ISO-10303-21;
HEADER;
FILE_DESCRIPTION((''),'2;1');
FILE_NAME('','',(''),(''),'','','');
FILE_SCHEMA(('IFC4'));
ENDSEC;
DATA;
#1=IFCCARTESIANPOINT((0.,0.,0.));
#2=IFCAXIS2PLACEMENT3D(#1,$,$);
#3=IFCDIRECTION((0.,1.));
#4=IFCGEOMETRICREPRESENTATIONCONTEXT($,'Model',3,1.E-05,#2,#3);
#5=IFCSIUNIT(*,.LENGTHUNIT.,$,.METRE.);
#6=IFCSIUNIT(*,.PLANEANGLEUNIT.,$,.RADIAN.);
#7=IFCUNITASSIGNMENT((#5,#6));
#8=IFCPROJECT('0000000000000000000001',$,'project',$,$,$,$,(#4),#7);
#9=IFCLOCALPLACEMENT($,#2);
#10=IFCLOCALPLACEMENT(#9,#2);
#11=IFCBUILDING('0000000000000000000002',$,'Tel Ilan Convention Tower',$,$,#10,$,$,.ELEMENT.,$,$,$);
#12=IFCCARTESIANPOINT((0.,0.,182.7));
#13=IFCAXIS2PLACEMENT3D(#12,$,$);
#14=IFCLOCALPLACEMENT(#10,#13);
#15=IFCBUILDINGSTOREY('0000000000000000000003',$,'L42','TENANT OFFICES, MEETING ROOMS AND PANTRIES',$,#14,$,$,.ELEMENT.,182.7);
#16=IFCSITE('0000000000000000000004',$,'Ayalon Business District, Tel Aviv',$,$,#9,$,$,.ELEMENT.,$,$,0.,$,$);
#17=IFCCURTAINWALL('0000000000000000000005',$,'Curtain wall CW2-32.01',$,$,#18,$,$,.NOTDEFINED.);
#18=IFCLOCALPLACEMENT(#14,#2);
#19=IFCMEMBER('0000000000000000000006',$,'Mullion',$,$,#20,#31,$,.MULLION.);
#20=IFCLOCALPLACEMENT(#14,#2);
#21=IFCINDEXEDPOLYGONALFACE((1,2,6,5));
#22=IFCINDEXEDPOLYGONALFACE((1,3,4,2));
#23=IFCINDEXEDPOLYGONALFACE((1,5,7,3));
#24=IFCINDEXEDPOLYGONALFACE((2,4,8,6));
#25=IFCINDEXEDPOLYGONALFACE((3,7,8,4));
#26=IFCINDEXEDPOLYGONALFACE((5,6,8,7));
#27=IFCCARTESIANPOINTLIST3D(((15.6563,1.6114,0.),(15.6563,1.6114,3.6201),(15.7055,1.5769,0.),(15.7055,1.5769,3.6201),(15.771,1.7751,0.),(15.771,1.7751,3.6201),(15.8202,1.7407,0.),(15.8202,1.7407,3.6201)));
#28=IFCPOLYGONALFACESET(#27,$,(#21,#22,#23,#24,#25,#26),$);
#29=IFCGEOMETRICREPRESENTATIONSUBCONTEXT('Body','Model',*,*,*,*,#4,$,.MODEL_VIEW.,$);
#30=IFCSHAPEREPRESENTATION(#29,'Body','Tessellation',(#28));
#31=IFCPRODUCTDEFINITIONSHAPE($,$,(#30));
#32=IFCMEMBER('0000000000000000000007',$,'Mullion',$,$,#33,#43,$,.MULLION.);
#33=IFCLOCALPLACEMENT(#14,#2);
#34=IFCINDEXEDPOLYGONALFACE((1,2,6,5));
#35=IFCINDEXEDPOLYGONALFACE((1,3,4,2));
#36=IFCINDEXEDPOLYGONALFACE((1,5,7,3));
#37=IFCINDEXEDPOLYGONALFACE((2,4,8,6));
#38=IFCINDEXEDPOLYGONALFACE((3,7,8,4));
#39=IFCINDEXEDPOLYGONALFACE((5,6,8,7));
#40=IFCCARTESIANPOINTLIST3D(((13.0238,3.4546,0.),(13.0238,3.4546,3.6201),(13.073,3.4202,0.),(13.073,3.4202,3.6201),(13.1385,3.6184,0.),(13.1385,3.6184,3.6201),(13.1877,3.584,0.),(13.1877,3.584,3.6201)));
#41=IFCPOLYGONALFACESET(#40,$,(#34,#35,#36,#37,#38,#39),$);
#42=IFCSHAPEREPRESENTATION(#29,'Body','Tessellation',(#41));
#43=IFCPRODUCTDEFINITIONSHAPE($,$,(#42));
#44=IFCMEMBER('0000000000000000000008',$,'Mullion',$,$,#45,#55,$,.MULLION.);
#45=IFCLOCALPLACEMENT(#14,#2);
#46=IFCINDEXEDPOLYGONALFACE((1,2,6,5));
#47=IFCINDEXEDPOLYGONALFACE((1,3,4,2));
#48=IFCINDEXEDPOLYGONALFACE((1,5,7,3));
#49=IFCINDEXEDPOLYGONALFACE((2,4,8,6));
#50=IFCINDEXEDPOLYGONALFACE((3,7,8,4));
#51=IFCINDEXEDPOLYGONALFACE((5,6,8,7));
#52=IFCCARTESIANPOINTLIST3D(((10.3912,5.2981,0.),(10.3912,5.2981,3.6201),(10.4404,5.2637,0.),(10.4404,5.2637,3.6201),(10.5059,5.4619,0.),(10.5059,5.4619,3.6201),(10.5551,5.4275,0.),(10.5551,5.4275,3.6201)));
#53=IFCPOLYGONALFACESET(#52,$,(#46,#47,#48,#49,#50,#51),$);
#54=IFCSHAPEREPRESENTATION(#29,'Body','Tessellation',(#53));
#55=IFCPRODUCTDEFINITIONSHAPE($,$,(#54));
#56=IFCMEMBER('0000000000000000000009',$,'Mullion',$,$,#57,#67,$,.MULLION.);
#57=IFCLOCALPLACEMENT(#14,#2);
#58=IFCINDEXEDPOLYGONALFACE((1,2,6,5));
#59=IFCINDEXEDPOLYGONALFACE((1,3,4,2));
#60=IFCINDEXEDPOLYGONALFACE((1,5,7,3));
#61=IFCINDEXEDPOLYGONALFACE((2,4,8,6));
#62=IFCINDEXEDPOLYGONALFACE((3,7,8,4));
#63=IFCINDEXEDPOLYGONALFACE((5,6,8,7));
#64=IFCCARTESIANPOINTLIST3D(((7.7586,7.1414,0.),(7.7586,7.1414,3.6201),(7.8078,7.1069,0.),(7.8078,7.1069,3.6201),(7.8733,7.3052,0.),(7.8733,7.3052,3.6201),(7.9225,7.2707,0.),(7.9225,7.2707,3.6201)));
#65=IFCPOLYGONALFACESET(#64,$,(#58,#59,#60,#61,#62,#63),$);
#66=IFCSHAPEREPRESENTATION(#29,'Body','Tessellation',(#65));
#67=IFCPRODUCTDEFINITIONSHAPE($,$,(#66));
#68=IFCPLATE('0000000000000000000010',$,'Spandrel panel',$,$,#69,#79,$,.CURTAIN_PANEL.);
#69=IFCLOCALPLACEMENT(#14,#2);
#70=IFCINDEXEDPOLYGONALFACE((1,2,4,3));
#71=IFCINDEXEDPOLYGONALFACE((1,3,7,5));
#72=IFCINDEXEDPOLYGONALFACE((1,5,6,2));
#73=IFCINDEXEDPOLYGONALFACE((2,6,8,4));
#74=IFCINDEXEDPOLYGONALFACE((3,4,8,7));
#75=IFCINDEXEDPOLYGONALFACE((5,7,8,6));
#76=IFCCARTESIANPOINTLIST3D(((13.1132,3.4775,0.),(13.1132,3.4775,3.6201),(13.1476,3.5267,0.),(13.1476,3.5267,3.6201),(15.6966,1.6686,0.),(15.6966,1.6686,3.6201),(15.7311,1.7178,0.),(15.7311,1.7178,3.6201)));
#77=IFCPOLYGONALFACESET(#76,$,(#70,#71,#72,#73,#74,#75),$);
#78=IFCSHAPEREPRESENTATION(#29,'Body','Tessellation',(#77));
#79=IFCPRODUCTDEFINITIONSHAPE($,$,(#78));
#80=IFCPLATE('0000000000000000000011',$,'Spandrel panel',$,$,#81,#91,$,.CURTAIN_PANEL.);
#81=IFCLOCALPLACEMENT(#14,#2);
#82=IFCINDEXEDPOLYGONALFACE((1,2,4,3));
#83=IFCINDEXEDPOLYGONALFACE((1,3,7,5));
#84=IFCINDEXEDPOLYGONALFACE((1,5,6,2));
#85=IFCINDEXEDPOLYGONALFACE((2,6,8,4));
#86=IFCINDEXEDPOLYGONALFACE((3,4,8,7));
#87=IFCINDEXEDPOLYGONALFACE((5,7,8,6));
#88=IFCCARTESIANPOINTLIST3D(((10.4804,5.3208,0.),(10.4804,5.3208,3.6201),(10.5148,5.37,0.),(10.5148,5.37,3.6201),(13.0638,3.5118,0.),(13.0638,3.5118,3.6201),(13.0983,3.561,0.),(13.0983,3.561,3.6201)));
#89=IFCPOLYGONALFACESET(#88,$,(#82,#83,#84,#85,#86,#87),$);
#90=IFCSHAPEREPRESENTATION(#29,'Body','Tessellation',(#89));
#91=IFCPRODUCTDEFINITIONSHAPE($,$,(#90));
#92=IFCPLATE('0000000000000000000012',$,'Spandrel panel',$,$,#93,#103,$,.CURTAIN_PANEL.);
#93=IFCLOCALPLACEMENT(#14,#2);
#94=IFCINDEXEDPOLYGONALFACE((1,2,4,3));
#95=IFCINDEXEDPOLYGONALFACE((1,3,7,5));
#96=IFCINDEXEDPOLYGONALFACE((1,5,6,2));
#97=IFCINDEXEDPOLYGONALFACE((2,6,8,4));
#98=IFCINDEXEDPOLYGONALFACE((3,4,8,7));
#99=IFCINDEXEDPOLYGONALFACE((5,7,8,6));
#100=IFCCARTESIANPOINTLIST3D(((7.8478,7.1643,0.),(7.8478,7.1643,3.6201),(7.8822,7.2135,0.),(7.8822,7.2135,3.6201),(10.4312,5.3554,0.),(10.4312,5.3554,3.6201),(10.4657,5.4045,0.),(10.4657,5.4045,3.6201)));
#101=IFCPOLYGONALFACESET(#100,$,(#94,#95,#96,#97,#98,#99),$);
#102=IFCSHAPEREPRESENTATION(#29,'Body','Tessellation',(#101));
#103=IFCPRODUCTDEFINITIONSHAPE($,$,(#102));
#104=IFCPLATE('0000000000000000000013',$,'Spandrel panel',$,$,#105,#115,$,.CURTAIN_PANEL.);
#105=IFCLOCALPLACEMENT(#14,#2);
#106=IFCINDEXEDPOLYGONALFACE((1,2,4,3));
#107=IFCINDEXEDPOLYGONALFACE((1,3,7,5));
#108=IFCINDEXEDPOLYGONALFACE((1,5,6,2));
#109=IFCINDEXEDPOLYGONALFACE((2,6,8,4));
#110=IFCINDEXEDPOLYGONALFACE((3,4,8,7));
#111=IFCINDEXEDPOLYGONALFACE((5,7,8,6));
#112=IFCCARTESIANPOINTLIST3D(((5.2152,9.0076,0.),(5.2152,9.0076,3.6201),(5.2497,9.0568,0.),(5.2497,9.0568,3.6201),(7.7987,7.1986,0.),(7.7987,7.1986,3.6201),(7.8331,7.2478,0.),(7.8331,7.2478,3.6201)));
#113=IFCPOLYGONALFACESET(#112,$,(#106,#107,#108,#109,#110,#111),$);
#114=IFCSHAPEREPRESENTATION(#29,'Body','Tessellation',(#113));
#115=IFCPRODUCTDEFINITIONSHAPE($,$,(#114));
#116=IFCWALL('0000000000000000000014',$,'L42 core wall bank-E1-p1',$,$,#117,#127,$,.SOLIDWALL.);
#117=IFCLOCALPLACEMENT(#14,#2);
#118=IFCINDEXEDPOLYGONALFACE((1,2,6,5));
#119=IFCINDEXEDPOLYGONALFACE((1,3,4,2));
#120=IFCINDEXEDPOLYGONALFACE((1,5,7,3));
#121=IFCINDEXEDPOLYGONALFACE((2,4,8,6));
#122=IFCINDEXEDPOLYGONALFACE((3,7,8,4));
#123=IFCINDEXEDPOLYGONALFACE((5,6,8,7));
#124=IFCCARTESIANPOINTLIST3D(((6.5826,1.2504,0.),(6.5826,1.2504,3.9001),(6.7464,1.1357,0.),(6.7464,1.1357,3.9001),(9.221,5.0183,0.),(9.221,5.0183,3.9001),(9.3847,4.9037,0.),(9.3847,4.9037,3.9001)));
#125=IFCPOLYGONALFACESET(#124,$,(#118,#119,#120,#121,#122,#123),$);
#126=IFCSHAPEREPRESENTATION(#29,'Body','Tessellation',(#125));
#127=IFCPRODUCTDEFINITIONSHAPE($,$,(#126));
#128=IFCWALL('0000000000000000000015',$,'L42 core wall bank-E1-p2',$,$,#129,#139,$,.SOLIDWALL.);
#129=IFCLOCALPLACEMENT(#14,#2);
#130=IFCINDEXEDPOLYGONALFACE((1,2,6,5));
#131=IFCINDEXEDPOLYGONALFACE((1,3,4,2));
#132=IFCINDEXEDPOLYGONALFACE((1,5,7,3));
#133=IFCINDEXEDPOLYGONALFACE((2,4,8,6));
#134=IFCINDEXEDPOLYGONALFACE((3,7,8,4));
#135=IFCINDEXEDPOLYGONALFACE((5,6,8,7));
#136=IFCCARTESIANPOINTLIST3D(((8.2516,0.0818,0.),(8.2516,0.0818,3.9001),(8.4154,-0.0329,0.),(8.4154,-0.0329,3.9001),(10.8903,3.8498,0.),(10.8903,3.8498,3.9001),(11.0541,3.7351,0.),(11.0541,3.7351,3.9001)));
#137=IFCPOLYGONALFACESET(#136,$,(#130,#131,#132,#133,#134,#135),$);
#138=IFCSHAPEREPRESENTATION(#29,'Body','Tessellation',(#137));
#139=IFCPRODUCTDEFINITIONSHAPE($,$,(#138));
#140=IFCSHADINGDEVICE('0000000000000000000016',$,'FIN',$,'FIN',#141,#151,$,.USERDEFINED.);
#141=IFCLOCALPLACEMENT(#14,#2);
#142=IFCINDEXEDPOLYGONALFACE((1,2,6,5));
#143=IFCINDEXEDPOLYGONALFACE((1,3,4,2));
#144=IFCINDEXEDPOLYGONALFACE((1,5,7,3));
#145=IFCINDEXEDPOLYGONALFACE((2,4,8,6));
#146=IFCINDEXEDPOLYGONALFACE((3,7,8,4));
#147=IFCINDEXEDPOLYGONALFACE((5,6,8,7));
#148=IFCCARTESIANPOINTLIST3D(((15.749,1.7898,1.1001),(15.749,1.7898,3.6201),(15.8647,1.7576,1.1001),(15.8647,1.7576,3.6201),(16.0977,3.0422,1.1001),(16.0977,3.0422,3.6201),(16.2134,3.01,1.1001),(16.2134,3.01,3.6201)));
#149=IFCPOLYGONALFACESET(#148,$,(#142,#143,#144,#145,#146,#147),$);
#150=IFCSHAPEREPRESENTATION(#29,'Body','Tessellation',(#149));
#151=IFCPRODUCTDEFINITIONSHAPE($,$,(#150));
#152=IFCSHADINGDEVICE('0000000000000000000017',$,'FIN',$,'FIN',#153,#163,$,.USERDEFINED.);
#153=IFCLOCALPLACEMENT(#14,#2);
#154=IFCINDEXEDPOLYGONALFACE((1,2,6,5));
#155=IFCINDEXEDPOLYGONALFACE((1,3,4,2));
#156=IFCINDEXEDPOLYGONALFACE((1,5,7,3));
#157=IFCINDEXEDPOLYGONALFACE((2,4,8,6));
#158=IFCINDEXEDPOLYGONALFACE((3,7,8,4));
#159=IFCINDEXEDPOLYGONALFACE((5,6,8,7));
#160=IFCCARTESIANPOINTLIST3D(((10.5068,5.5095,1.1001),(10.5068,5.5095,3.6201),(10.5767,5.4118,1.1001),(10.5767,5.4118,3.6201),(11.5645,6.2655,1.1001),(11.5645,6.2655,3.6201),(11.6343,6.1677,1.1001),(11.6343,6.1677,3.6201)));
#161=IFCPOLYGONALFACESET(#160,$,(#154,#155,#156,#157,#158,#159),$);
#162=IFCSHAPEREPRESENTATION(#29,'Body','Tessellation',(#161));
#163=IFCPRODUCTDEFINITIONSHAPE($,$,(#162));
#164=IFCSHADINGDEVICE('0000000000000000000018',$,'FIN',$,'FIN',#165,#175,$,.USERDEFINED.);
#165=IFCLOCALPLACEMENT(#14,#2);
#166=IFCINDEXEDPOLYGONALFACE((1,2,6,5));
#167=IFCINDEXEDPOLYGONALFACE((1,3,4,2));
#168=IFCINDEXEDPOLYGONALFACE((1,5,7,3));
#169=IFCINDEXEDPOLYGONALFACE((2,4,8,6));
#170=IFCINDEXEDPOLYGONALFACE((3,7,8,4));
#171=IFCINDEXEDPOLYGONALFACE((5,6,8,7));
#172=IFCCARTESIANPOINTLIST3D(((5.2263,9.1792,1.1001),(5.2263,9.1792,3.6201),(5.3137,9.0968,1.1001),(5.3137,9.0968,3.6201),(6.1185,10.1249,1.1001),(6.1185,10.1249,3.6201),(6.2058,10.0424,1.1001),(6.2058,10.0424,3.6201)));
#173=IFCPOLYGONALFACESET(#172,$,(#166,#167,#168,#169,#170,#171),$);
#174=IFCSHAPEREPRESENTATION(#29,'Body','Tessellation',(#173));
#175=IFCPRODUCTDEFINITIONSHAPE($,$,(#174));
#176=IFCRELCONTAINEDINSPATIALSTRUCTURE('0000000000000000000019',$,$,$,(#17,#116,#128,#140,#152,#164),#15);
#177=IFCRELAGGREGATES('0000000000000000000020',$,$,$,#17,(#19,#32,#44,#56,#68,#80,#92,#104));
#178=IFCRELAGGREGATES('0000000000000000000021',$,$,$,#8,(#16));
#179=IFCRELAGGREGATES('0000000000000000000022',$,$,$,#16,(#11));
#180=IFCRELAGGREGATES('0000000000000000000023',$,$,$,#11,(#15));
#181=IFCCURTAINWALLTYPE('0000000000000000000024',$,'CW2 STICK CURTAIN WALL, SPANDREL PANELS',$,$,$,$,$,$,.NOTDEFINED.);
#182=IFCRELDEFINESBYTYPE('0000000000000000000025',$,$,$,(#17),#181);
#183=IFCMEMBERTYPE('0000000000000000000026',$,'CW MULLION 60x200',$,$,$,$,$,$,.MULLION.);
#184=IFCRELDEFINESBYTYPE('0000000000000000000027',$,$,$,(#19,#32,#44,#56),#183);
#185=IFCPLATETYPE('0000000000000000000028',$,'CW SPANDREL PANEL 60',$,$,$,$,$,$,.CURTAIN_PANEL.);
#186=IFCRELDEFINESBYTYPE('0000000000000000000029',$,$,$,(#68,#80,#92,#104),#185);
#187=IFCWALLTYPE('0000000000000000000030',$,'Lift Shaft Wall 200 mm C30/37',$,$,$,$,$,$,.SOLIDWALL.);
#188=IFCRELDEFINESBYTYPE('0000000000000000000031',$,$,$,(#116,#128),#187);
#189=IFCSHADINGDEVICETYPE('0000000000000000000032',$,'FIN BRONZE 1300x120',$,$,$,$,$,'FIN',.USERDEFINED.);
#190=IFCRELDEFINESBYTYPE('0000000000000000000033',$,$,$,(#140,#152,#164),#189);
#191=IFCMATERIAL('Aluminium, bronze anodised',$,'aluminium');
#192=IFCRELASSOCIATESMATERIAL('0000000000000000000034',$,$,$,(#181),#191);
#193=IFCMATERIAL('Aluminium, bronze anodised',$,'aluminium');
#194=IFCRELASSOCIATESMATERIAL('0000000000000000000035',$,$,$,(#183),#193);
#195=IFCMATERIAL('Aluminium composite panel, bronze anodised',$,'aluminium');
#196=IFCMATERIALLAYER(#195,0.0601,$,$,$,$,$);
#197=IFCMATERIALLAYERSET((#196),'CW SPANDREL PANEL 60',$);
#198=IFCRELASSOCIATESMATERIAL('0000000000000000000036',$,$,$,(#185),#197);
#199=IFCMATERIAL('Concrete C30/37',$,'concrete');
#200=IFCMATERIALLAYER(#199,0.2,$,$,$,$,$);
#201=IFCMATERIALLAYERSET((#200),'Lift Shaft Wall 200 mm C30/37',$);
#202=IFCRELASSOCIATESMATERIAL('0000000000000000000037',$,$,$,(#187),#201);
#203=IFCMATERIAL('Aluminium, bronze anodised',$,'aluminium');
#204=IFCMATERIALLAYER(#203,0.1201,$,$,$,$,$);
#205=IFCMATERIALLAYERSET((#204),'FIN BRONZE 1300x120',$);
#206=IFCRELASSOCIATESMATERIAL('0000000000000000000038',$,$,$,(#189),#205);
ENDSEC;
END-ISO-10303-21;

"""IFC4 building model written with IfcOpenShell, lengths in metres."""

from ifc_helpers import new_model, si_unit, direction, frame, frame_2d, origin, origin_2d, place, context, subcontext, project, spatial, rectangle, extrude, material, layer, layer_set, material_profile, profile_set, type_object, element, aggregate, save


model = new_model("IFC4")

# Units and contexts
model_context = context("Model", 3, precision=1e-05, world=origin(), true_north=direction((0.0, 1.0)))
body_context = subcontext(model_context, "Body", "Model", "MODEL_VIEW")
ifc_project = project(units=[si_unit("LENGTHUNIT", "METRE"), si_unit("PLANEANGLEUNIT", "RADIAN")], contexts=[model_context])

# Site, building, storey
site_placement = place(None, origin())
site = spatial("IfcSite", under=ifc_project, at=site_placement, Name="Ayalon Business District, Tel Aviv", CompositionType="ELEMENT", RefElevation=0.0)
building_placement = place(site_placement, origin())
building = spatial("IfcBuilding", under=site, at=building_placement, Name="Tel Ilan Convention Tower", CompositionType="ELEMENT")
storey_placement = place(building_placement, frame((0.0, 0.0, 182.7)))
storey = spatial("IfcBuildingStorey", under=building, at=storey_placement, Name="L42", Description="TENANT OFFICES, MEETING ROOMS AND PANTRIES", CompositionType="ELEMENT", Elevation=182.7)

# Curtain wall, members, plates
ifc_material_1 = material(Name="Aluminium, bronze anodised", Category="aluminium")
curtain_wall_type = type_object("IfcCurtainWallType", Name="CW2 STICK CURTAIN WALL, SPANDREL PANELS", PredefinedType="NOTDEFINED", material=ifc_material_1)
curtain_wall_placement = place(storey_placement, origin())
curtain_wall = element("IfcCurtainWall", 1, at=curtain_wall_placement, inside=storey, type_object=curtain_wall_type, Name="Curtain wall CW2-32.01", PredefinedType="NOTDEFINED")
ifc_material_2 = material(Name="Aluminium, bronze anodised", Category="aluminium")
ifc_material_profile = material_profile(ifc_material_2, rectangle(XDim=0.0601, YDim=0.2, at=origin_2d()), Name="CW MULLION 60x200")
ifc_profile_set = profile_set([ifc_material_profile], Name="Aluminium, bronze anodised")
member_type = type_object("IfcMemberType", Name="CW MULLION 60x200", PredefinedType="MULLION", material=ifc_profile_set)
member_1_placement = place(storey_placement, frame((15.7383, 1.676, 0.0), z_axis=(0.0, 0.0, 1.0), x_axis=(-0.819152, 0.573576, 0.0)))
member_1 = element("IfcMember", 2, at=member_1_placement, type_object=member_type, Name="Mullion", PredefinedType="MULLION", context=body_context, shape_type="SweptSolid", body=[
    extrude(rectangle(XDim=0.0601, YDim=0.2, at=origin_2d()), origin(), (0.0, 0.0, 1.0), 3.6201),
])
member_2_placement = place(storey_placement, frame((13.1057, 3.5193, 0.0), z_axis=(0.0, 0.0, 1.0), x_axis=(-0.819152, 0.573576, 0.0)))
member_2 = element("IfcMember", 3, at=member_2_placement, type_object=member_type, Name="Mullion", PredefinedType="MULLION", context=body_context, shape_type="SweptSolid", body=[
    extrude(rectangle(XDim=0.0601, YDim=0.2, at=origin_2d()), origin(), (0.0, 0.0, 1.0), 3.6201),
])
member_3_placement = place(storey_placement, frame((10.4731, 5.3628, 0.0), z_axis=(0.0, 0.0, 1.0), x_axis=(-0.819152, 0.573576, 0.0)))
member_3 = element("IfcMember", 4, at=member_3_placement, type_object=member_type, Name="Mullion", PredefinedType="MULLION", context=body_context, shape_type="SweptSolid", body=[
    extrude(rectangle(XDim=0.0601, YDim=0.2, at=origin_2d()), origin(), (0.0, 0.0, 1.0), 3.6201),
])
member_4_placement = place(storey_placement, frame((7.8406, 7.2061, 0.0), z_axis=(0.0, 0.0, 1.0), x_axis=(-0.819152, 0.573576, 0.0)))
member_4 = element("IfcMember", 5, at=member_4_placement, type_object=member_type, Name="Mullion", PredefinedType="MULLION", context=body_context, shape_type="SweptSolid", body=[
    extrude(rectangle(XDim=0.0601, YDim=0.2, at=origin_2d()), origin(), (0.0, 0.0, 1.0), 3.6201),
])
ifc_material_3 = material(Name="Aluminium composite panel, bronze anodised", Category="aluminium")
ifc_layer_1 = layer(ifc_material_3, 0.0601)
ifc_layer_set_1 = layer_set([ifc_layer_1], Name="CW SPANDREL PANEL 60")
plate_type = type_object("IfcPlateType", Name="CW SPANDREL PANEL 60", PredefinedType="CURTAIN_PANEL", material=ifc_layer_set_1)
plate_1_placement = place(storey_placement, frame((14.4221, 2.5977, 0.0), z_axis=(0.0, 0.0, 1.0), x_axis=(-0.819152, 0.573576, 0.0)))
plate_1 = element("IfcPlate", 6, at=plate_1_placement, type_object=plate_type, Name="Spandrel panel", PredefinedType="CURTAIN_PANEL", context=body_context, shape_type="SweptSolid", body=[
    extrude(rectangle(XDim=3.1538, YDim=0.0601, at=origin_2d()), origin(), (0.0, 0.0, 1.0), 3.6201),
])
plate_2_placement = place(storey_placement, frame((11.7893, 4.4409, 0.0), z_axis=(0.0, 0.0, 1.0), x_axis=(-0.819152, 0.573576, 0.0)))
plate_2 = element("IfcPlate", 7, at=plate_2_placement, type_object=plate_type, Name="Spandrel panel", PredefinedType="CURTAIN_PANEL", context=body_context, shape_type="SweptSolid", body=[
    extrude(rectangle(XDim=3.1538, YDim=0.0601, at=origin_2d()), origin(), (0.0, 0.0, 1.0), 3.6201),
])
plate_3_placement = place(storey_placement, frame((9.1567, 6.2844, 0.0), z_axis=(0.0, 0.0, 1.0), x_axis=(-0.819152, 0.573576, 0.0)))
plate_3 = element("IfcPlate", 8, at=plate_3_placement, type_object=plate_type, Name="Spandrel panel", PredefinedType="CURTAIN_PANEL", context=body_context, shape_type="SweptSolid", body=[
    extrude(rectangle(XDim=3.1538, YDim=0.0601, at=origin_2d()), origin(), (0.0, 0.0, 1.0), 3.6201),
])
plate_4_placement = place(storey_placement, frame((6.5242, 8.1277, 0.0), z_axis=(0.0, 0.0, 1.0), x_axis=(-0.819152, 0.573576, 0.0)))
plate_4 = element("IfcPlate", 9, at=plate_4_placement, type_object=plate_type, Name="Spandrel panel", PredefinedType="CURTAIN_PANEL", context=body_context, shape_type="SweptSolid", body=[
    extrude(rectangle(XDim=3.1538, YDim=0.0601, at=origin_2d()), origin(), (0.0, 0.0, 1.0), 3.6201),
])
aggregate(curtain_wall, [member_1, member_2, member_3, member_4, plate_1, plate_2, plate_3, plate_4])

# Walls
ifc_material_4 = material(Name="Concrete C30/37", Category="concrete")
ifc_layer_2 = layer(ifc_material_4, 0.2)
ifc_layer_set_2 = layer_set([ifc_layer_2], Name="Lift Shaft Wall 200 mm C30/37")
wall_type = type_object("IfcWallType", Name="Lift Shaft Wall 200 mm C30/37", PredefinedType="SOLIDWALL", material=ifc_layer_set_2)
wall_1_placement = place(storey_placement, frame((6.6646, 1.1931, 0.0), z_axis=(0.0, 0.0, 1.0), x_axis=(0.573576, 0.819152, 0.0)))
element("IfcWall", 10, at=wall_1_placement, inside=storey, type_object=wall_type, Name="L42 core wall bank-E1-p1", PredefinedType="SOLIDWALL", context=body_context, shape_type="SweptSolid", body=[
    extrude(rectangle(XDim=4.5999, YDim=0.2, at=frame_2d((2.2998, 0.0))), origin(), (0.0, 0.0, 1.0), 3.9001),
])
wall_2_placement = place(storey_placement, frame((8.3335, 0.0244, 0.0), z_axis=(0.0, 0.0, 1.0), x_axis=(0.573612, 0.819127, 0.0)))
element("IfcWall", 11, at=wall_2_placement, inside=storey, type_object=wall_type, Name="L42 core wall bank-E1-p2", PredefinedType="SOLIDWALL", context=body_context, shape_type="SweptSolid", body=[
    extrude(rectangle(XDim=4.6001, YDim=0.2, at=frame_2d((2.3, 0.0))), origin(), (0.0, 0.0, 1.0), 3.9001),
])

# Shading devices
ifc_material_5 = material(Name="Aluminium, bronze anodised", Category="aluminium")
ifc_layer_3 = layer(ifc_material_5, 0.1201)
ifc_layer_set_3 = layer_set([ifc_layer_3], Name="FIN BRONZE 1300x120")
shading_device_type = type_object("IfcShadingDeviceType", Name="FIN BRONZE 1300x120", ElementType="FIN", PredefinedType="USERDEFINED", material=ifc_layer_set_3)
for number, where, z_axis, x_axis, name in (
    (12, (15.9812, 2.3999, 1.1001), (0.0, 0.0, 1.0), (0.268173, 0.963371, 0.0), "FIN"),
    (13, (11.0706, 5.8386, 1.1001), (0.0, 0.0, 1.0), (0.813552, 0.581492, 0.0), "FIN"),
    (14, (5.7161, 9.6108, 1.1001), (0.0, 0.0, 1.0), (0.686242, 0.727374, 0.0), "FIN"),
):
    element("IfcShadingDevice", number, at=place(storey_placement, frame(where, z_axis=z_axis, x_axis=x_axis)), inside=storey, type_object=shading_device_type, Name=name, ObjectType="FIN", PredefinedType="USERDEFINED", context=body_context, shape_type="SweptSolid", body=[
        extrude(rectangle(XDim=1.3, YDim=0.1201, at=origin_2d()), origin(), (0.0, 0.0, 1.0), 2.52),
    ])

save(model, "model.ifc")
